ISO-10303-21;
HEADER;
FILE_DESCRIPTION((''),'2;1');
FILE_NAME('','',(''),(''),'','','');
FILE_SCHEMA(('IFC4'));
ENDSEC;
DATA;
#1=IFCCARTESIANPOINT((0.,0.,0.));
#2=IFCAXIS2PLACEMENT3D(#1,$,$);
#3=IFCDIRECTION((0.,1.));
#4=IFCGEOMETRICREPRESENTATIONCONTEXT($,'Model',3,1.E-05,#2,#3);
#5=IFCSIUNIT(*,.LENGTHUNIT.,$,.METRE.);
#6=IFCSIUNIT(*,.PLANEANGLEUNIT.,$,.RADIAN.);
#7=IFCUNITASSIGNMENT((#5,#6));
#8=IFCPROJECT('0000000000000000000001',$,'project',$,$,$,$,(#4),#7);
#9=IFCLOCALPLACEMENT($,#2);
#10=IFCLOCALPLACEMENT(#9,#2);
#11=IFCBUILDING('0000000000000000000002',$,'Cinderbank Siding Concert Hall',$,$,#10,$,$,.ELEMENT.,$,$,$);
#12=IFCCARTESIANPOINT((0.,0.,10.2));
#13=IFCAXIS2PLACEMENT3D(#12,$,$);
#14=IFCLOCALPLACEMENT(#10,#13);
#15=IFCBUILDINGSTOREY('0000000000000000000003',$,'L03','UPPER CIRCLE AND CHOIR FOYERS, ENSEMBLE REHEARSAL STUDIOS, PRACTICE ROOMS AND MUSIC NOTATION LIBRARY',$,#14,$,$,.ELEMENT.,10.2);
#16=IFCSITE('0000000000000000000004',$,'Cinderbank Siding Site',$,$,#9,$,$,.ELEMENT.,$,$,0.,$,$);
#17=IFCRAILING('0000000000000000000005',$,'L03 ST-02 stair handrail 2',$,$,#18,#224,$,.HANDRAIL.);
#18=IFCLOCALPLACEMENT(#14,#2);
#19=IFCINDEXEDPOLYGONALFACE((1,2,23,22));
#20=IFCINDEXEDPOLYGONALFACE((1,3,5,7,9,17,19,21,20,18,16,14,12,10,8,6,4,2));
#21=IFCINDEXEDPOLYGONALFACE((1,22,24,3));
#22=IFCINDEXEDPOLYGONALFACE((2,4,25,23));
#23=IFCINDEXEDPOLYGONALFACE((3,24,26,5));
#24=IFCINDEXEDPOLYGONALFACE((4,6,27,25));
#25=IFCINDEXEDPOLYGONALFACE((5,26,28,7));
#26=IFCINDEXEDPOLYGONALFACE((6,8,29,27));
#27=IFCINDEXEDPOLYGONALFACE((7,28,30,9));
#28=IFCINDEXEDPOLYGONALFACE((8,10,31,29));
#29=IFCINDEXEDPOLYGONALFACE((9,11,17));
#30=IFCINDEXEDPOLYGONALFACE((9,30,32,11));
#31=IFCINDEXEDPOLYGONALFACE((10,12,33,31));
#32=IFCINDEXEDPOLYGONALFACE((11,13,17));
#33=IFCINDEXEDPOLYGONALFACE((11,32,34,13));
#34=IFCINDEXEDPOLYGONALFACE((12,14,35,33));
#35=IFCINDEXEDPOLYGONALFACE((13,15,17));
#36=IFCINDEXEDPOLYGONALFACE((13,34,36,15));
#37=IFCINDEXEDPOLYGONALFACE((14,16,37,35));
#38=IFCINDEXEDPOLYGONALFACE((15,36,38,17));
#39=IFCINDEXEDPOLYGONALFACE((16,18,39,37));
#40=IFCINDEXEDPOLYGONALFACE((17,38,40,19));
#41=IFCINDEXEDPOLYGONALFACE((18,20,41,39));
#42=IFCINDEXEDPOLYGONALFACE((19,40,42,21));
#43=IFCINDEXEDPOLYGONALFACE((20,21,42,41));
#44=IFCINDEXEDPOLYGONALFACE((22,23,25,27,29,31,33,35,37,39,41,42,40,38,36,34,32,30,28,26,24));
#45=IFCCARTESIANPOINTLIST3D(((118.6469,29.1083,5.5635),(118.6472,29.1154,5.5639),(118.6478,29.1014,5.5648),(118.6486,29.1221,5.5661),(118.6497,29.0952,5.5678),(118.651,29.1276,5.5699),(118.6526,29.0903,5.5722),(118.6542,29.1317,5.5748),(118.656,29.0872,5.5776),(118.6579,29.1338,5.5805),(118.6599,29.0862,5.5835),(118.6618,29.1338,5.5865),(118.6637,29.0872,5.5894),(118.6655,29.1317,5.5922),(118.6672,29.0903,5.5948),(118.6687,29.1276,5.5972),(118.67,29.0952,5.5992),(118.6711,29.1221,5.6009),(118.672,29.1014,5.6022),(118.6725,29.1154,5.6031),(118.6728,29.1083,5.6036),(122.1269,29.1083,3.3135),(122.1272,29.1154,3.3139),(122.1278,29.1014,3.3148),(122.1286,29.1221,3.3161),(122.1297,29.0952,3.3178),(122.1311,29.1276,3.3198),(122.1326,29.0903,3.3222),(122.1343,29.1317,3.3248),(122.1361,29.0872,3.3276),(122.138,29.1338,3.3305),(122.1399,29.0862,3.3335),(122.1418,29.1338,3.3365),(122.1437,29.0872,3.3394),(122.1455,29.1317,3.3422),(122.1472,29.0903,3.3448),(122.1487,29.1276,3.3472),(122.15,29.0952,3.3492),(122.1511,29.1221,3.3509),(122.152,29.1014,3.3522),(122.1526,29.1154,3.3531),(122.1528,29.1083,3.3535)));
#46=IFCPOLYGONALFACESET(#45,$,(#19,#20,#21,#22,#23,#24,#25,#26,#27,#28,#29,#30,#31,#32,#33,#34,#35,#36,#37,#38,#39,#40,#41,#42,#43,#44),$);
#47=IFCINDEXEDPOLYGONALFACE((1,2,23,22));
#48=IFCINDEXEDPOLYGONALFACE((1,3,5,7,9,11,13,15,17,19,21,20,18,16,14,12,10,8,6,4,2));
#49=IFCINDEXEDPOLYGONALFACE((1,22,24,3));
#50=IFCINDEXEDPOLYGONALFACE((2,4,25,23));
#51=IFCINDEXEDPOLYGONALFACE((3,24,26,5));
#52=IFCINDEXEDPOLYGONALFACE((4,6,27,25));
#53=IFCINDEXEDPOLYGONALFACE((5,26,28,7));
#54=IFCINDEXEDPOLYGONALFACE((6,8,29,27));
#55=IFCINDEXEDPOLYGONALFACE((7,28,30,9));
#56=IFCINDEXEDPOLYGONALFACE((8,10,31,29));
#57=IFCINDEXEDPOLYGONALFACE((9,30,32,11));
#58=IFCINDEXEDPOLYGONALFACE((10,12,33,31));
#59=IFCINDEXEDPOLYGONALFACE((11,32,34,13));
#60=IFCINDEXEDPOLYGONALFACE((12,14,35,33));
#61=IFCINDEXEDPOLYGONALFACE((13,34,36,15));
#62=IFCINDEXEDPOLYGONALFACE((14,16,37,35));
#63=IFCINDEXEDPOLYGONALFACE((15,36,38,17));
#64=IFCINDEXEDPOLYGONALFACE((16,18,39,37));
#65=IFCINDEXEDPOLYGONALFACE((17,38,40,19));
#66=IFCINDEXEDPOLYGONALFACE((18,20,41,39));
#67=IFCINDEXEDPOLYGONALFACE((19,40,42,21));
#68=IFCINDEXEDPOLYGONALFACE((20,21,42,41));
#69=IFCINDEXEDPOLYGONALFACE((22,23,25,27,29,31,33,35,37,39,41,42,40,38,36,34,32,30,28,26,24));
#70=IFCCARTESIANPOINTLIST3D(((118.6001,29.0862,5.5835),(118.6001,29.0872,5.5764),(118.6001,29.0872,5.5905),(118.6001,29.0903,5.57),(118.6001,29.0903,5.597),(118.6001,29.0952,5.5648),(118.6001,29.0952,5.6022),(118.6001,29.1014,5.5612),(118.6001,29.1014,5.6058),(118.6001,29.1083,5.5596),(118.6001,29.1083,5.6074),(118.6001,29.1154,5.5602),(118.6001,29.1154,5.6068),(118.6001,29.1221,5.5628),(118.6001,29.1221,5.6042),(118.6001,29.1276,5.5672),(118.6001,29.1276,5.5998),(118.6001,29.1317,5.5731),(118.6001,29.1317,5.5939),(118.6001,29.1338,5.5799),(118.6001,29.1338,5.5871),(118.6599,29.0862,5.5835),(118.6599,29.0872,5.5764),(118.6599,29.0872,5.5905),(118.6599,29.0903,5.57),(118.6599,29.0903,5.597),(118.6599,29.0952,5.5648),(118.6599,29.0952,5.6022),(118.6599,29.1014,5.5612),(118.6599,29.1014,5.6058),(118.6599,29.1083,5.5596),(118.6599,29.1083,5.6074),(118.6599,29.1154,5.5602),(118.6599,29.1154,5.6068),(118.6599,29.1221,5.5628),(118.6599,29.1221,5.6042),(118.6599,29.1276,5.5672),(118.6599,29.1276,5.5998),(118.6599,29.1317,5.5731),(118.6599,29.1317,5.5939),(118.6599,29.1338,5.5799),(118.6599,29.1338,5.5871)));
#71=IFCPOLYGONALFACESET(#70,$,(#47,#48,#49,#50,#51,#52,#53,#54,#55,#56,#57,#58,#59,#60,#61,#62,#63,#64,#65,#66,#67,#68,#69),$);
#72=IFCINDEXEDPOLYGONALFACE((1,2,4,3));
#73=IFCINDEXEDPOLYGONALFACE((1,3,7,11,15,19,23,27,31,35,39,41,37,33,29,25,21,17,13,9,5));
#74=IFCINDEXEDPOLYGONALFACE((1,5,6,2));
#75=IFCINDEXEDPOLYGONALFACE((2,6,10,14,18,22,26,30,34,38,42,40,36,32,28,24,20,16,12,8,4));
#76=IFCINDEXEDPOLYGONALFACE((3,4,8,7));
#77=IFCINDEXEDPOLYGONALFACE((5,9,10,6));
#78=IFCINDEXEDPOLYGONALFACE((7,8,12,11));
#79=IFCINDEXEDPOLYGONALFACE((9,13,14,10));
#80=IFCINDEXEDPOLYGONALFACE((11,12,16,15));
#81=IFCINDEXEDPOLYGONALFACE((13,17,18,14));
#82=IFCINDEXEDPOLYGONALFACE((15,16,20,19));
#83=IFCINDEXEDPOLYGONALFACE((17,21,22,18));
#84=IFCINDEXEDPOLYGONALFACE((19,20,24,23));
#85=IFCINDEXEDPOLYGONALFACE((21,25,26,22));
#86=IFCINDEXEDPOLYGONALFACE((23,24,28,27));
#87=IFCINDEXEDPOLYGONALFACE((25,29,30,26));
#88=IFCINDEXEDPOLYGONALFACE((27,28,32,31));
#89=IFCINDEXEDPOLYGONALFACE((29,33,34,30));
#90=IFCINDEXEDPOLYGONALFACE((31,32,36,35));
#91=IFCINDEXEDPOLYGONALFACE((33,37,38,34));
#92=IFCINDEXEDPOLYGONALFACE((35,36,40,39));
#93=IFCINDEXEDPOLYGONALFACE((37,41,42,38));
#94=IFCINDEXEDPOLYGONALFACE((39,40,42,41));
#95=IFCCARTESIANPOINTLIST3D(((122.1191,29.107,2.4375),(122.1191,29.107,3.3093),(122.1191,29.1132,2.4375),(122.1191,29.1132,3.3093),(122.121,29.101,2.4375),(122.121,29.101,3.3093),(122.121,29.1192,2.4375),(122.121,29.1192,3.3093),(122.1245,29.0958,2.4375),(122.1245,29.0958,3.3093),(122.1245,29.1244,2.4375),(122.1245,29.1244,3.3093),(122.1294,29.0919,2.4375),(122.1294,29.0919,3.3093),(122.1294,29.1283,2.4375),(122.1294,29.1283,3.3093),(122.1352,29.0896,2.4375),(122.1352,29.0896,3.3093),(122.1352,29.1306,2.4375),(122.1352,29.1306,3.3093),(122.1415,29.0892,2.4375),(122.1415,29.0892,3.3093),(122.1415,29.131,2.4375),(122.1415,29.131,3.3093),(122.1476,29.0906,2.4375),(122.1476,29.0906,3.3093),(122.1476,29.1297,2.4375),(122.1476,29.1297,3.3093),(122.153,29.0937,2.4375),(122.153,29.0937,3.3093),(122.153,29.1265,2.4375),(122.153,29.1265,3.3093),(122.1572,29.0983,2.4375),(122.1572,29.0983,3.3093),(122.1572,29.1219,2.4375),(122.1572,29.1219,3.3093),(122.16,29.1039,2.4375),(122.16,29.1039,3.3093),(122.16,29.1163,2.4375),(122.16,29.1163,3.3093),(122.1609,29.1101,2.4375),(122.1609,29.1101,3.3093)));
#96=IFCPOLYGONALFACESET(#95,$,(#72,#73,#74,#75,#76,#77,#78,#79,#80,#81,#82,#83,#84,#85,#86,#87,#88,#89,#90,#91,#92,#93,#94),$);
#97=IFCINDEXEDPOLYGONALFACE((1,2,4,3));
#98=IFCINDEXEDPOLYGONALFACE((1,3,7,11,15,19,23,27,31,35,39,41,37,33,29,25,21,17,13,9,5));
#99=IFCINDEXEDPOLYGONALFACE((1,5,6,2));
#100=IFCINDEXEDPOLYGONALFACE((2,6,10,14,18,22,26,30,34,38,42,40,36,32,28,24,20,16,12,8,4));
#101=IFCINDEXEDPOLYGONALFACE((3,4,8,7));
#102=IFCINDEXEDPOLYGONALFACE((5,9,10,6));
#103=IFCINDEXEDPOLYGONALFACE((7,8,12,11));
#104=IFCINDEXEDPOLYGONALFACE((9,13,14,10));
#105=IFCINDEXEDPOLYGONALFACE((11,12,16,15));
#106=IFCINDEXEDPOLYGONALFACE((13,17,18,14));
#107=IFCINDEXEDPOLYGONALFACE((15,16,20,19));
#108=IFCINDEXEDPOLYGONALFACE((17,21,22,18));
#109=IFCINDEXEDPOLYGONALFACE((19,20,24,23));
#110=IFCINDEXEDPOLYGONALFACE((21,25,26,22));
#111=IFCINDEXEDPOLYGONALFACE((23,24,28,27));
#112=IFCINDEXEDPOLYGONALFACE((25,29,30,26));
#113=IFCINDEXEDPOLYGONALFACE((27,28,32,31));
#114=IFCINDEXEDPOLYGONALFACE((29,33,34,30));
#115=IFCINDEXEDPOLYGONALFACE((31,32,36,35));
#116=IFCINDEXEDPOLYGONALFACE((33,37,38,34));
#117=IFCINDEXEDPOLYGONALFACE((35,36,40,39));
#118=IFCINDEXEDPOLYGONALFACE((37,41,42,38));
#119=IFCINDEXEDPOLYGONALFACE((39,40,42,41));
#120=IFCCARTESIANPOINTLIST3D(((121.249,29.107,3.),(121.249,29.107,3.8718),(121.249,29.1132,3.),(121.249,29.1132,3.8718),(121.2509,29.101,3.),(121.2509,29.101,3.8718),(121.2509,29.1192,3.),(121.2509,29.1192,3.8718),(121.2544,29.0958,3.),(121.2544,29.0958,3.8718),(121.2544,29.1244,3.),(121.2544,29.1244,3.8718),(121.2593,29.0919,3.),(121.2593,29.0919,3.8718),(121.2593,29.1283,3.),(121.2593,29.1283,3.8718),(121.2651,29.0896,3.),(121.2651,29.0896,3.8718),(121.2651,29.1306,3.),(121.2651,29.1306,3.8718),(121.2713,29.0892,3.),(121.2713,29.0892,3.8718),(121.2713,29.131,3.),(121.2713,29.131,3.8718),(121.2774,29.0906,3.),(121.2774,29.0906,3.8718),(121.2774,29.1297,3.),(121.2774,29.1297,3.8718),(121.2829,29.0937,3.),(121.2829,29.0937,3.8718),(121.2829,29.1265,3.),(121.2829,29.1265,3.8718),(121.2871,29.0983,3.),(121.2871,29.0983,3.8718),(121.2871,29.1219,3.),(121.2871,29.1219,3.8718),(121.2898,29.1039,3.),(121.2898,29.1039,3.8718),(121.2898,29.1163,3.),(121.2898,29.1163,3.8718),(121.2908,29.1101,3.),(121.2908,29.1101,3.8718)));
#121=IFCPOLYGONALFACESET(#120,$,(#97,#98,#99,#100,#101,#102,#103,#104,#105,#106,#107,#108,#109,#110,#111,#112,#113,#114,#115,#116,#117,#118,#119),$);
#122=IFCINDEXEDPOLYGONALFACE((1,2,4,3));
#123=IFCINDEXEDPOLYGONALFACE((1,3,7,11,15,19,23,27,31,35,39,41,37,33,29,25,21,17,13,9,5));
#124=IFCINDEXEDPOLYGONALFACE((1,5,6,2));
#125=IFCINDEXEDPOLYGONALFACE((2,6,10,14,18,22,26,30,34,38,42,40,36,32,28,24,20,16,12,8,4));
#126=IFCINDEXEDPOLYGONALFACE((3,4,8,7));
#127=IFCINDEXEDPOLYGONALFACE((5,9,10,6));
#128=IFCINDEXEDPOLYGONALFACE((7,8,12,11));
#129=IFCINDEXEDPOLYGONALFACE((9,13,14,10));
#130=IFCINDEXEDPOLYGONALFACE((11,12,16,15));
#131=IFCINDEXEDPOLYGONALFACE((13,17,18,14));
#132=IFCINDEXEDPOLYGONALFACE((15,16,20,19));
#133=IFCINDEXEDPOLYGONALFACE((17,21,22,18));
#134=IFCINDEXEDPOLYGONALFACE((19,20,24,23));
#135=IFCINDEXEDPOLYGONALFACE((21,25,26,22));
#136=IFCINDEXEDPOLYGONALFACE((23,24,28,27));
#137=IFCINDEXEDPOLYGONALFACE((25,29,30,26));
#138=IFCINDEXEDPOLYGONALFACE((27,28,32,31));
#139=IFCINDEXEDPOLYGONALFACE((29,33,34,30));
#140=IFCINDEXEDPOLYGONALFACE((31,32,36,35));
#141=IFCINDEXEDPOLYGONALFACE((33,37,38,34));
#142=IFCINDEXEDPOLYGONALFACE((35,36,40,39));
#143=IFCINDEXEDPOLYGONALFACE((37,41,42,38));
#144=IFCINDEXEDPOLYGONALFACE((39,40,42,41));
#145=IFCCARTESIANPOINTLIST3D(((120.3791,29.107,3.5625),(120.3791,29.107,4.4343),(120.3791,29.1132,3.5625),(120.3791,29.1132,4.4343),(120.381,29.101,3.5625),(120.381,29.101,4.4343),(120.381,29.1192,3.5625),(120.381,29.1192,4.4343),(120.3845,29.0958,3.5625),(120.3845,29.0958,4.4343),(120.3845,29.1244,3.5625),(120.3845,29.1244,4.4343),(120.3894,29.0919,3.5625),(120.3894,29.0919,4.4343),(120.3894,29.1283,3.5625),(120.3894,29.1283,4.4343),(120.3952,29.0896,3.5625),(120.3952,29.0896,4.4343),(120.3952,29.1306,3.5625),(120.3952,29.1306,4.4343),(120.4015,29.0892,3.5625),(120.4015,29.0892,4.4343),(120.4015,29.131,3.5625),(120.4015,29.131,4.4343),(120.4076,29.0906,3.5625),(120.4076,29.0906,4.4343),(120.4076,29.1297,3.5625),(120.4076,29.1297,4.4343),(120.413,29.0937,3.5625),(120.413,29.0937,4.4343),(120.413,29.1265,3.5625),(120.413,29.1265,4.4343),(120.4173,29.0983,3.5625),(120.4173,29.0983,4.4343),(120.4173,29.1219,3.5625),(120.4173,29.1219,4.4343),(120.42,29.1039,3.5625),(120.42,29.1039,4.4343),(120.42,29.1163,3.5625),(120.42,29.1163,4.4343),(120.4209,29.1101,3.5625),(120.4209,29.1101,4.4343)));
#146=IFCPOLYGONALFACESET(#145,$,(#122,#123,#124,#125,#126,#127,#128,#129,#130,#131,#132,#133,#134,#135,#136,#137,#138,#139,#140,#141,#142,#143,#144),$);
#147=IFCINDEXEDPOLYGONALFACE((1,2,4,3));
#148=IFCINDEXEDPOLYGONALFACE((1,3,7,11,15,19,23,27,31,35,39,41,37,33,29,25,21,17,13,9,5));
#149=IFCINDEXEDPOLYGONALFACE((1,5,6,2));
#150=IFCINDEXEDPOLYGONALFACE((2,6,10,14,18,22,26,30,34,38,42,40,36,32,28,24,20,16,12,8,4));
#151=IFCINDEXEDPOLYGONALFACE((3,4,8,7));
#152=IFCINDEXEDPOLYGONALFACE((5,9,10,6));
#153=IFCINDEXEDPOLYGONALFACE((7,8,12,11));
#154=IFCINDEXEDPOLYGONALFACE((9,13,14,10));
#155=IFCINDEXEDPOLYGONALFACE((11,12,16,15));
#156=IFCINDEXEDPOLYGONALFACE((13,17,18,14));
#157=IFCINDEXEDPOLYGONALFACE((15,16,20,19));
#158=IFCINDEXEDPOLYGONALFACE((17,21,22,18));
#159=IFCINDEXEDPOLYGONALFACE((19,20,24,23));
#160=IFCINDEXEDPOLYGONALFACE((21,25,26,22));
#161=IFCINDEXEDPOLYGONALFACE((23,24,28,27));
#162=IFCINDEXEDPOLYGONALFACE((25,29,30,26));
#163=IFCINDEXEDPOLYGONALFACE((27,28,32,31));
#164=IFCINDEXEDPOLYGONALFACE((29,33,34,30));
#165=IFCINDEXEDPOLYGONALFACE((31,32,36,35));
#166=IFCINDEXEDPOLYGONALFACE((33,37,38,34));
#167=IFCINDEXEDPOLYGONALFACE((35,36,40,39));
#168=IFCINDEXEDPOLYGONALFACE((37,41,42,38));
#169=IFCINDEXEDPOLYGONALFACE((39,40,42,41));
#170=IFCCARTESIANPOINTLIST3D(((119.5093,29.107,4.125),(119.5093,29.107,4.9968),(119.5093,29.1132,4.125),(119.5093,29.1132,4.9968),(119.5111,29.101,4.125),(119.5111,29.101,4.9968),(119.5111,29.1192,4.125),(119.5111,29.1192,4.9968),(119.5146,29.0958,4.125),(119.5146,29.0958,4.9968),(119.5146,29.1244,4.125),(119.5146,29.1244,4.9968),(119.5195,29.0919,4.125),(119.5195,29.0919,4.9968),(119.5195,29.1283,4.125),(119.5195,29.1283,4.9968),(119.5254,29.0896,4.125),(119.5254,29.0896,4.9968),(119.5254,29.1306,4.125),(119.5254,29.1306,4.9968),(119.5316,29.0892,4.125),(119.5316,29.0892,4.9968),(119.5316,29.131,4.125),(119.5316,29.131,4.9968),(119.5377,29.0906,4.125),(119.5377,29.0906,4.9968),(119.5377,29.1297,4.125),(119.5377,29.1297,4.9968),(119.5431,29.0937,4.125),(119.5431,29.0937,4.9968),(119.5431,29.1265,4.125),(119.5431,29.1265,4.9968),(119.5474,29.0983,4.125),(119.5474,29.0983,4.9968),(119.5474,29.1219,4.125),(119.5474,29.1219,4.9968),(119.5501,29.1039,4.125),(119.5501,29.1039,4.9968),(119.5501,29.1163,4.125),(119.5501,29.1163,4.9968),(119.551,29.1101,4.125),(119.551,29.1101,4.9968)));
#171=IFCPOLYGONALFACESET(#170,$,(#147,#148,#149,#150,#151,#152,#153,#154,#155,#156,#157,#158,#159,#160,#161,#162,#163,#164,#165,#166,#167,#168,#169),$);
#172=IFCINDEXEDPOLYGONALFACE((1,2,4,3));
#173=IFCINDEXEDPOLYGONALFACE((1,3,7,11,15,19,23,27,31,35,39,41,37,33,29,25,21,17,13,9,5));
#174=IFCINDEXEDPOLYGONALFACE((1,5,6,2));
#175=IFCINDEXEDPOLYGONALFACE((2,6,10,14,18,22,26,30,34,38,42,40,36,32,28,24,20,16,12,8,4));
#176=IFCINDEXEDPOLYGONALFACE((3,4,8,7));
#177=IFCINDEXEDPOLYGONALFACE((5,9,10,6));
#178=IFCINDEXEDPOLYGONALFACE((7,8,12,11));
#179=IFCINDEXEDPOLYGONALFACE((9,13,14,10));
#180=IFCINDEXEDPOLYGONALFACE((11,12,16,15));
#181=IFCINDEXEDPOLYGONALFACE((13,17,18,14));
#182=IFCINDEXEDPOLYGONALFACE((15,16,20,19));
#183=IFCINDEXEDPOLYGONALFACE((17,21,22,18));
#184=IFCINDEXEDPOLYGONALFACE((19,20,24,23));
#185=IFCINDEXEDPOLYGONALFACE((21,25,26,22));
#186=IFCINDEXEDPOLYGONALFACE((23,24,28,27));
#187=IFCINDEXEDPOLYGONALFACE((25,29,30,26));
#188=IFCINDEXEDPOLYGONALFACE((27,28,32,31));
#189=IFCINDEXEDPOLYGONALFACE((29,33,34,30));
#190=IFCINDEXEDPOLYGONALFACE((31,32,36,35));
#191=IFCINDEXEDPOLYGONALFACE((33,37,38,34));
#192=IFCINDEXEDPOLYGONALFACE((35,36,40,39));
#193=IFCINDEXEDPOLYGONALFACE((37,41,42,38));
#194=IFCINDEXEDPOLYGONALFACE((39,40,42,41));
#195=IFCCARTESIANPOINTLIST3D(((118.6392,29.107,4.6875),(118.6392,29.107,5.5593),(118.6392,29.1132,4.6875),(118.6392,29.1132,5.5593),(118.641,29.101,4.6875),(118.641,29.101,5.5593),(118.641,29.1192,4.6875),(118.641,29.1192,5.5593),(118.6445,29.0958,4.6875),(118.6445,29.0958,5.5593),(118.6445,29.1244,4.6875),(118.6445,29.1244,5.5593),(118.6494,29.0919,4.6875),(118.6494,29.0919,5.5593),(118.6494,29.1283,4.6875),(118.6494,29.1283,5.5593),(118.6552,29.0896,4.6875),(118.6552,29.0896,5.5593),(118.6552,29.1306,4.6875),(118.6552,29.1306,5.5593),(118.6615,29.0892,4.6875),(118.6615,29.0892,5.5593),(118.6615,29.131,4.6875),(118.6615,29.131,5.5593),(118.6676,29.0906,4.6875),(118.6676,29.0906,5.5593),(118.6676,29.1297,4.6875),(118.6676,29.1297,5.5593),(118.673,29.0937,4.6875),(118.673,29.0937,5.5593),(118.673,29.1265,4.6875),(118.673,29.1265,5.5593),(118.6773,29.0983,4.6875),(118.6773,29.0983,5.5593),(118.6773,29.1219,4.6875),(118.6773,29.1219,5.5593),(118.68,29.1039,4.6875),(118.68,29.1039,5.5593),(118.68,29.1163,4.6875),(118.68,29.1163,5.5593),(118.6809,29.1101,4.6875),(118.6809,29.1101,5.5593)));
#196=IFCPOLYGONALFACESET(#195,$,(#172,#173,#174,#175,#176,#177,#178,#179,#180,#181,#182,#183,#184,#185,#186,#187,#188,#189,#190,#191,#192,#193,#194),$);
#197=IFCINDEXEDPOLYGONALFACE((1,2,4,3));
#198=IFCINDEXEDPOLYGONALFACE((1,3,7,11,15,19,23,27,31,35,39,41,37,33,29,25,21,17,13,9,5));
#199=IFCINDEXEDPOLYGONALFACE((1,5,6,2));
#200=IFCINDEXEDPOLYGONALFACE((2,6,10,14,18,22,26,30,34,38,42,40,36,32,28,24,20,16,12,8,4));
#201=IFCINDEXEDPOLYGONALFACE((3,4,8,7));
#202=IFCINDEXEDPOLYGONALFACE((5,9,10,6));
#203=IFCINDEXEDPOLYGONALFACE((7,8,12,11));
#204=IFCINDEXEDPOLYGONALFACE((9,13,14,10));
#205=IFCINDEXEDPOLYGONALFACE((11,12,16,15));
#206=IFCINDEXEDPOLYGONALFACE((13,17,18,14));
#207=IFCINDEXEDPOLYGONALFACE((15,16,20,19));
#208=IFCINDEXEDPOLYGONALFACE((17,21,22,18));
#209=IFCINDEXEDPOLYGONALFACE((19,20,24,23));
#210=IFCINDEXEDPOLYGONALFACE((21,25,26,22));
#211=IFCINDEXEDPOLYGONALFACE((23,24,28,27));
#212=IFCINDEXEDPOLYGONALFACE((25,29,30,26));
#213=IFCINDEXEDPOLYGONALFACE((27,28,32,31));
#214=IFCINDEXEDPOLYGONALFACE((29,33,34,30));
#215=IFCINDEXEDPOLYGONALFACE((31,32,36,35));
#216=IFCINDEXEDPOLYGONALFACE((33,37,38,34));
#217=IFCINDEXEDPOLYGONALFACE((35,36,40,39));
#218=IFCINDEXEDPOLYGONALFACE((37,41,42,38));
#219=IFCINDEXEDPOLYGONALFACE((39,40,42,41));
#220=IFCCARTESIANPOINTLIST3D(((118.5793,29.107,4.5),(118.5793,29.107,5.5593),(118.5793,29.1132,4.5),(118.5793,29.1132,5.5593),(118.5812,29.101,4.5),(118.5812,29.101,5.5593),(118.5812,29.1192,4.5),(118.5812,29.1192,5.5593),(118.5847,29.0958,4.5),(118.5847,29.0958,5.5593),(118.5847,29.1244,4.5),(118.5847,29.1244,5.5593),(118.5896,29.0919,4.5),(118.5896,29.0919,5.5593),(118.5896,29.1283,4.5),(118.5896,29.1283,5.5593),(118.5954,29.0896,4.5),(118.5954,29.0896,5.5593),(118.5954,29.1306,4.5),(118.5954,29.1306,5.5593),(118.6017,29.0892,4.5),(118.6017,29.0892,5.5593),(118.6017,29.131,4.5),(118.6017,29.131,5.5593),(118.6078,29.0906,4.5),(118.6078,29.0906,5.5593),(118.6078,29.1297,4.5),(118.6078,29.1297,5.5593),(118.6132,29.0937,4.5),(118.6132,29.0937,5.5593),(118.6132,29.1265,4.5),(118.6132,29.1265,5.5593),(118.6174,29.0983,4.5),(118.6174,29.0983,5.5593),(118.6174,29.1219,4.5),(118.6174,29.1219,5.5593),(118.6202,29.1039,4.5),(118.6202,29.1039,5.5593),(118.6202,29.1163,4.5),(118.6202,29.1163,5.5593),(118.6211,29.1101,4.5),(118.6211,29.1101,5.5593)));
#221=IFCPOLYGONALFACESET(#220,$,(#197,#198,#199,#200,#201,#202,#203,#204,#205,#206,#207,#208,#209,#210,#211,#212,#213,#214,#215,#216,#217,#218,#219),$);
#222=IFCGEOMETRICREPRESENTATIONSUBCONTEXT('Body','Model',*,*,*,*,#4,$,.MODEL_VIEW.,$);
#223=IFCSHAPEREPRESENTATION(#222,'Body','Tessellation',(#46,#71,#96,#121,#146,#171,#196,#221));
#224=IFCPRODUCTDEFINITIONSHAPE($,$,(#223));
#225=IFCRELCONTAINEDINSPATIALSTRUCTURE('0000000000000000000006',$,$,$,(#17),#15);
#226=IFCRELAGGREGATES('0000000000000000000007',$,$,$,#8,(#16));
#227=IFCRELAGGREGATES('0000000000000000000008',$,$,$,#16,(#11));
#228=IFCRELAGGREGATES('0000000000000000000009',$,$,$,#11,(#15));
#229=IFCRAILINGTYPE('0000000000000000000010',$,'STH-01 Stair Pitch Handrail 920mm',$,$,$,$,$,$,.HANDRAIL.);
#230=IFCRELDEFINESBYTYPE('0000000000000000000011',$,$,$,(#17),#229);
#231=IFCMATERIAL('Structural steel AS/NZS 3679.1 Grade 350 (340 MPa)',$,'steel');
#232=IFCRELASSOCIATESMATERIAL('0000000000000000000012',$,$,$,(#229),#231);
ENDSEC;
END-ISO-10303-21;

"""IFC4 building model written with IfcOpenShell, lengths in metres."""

from ifc_helpers import new_model, si_unit, direction, frame, origin, origin_2d, place, context, subcontext, project, spatial, circle, extrude, material, type_object, element, save


model = new_model("IFC4")

# Units and contexts
model_context = context("Model", 3, precision=1e-05, world=origin(), true_north=direction((0.0, 1.0)))
body_context = subcontext(model_context, "Body", "Model", "MODEL_VIEW")
ifc_project = project(units=[si_unit("LENGTHUNIT", "METRE"), si_unit("PLANEANGLEUNIT", "RADIAN")], contexts=[model_context])

# Site, building, storey
site_placement = place(None, origin())
site = spatial("IfcSite", under=ifc_project, at=site_placement, Name="Cinderbank Siding Site", CompositionType="ELEMENT", RefElevation=0.0)
building_placement = place(site_placement, origin())
building = spatial("IfcBuilding", under=site, at=building_placement, Name="Cinderbank Siding Concert Hall", CompositionType="ELEMENT")
storey_placement = place(building_placement, frame((0.0, 0.0, 10.2)))
storey = spatial("IfcBuildingStorey", under=building, at=storey_placement, Name="L03", Description="UPPER CIRCLE AND CHOIR FOYERS, ENSEMBLE REHEARSAL STUDIOS, PRACTICE ROOMS AND MUSIC NOTATION LIBRARY", CompositionType="ELEMENT", Elevation=10.2)

# Shared definitions
ifc_material_1 = material(Name="Structural steel AS/NZS 3679.1 Grade 350 (340 MPa)", Category="steel")

# Railing
railing_type_1 = type_object("IfcRailingType", Name="STH-01 Stair Pitch Handrail 920mm", PredefinedType="HANDRAIL", material=ifc_material_1)
railing_1_placement = place(storey_placement, frame((122.1399, 29.1101, 2.4375)))
element("IfcRailing", 1, at=railing_1_placement, inside=storey, type_object=railing_type_1, Name="L03 ST-02 stair handrail 2", PredefinedType="HANDRAIL", context=body_context, shape_type="SweptSolid", body=[
    extrude(circle(Radius=0.0239, at=origin_2d()), frame((0.0, 0.0, 0.896), z_axis=(-0.839763, 0.0, 0.542953), x_axis=(0.0, -1.0, 0.0)), (0.0, 0.0, 1.0), 4.144),
    extrude(circle(Radius=0.0239, at=origin_2d()), frame((-3.48, 0.0, 3.146), z_axis=(-1.0, 0.0, 0.0), x_axis=(0.0, -1.0, 0.0)), (0.0, 0.0, 1.0), 0.0598),
    extrude(circle(Radius=0.021, at=origin_2d()), origin(), (0.0, 0.0, 1.0), 0.8718),
    extrude(circle(Radius=0.021, at=origin_2d()), frame((-0.8701, 0.0, 0.5625)), (0.0, 0.0, 1.0), 0.8718),
    extrude(circle(Radius=0.021, at=origin_2d()), frame((-1.74, 0.0, 1.125)), (0.0, 0.0, 1.0), 0.8718),
    extrude(circle(Radius=0.021, at=origin_2d()), frame((-2.6099, 0.0, 1.6875)), (0.0, 0.0, 1.0), 0.8718),
    extrude(circle(Radius=0.021, at=origin_2d()), frame((-3.48, 0.0, 2.25)), (0.0, 0.0, 1.0), 0.8718),
    extrude(circle(Radius=0.021, at=origin_2d()), frame((-3.5398, 0.0, 2.0625)), (0.0, 0.0, 1.0), 1.0593),
])

save(model, "model.ifc")
